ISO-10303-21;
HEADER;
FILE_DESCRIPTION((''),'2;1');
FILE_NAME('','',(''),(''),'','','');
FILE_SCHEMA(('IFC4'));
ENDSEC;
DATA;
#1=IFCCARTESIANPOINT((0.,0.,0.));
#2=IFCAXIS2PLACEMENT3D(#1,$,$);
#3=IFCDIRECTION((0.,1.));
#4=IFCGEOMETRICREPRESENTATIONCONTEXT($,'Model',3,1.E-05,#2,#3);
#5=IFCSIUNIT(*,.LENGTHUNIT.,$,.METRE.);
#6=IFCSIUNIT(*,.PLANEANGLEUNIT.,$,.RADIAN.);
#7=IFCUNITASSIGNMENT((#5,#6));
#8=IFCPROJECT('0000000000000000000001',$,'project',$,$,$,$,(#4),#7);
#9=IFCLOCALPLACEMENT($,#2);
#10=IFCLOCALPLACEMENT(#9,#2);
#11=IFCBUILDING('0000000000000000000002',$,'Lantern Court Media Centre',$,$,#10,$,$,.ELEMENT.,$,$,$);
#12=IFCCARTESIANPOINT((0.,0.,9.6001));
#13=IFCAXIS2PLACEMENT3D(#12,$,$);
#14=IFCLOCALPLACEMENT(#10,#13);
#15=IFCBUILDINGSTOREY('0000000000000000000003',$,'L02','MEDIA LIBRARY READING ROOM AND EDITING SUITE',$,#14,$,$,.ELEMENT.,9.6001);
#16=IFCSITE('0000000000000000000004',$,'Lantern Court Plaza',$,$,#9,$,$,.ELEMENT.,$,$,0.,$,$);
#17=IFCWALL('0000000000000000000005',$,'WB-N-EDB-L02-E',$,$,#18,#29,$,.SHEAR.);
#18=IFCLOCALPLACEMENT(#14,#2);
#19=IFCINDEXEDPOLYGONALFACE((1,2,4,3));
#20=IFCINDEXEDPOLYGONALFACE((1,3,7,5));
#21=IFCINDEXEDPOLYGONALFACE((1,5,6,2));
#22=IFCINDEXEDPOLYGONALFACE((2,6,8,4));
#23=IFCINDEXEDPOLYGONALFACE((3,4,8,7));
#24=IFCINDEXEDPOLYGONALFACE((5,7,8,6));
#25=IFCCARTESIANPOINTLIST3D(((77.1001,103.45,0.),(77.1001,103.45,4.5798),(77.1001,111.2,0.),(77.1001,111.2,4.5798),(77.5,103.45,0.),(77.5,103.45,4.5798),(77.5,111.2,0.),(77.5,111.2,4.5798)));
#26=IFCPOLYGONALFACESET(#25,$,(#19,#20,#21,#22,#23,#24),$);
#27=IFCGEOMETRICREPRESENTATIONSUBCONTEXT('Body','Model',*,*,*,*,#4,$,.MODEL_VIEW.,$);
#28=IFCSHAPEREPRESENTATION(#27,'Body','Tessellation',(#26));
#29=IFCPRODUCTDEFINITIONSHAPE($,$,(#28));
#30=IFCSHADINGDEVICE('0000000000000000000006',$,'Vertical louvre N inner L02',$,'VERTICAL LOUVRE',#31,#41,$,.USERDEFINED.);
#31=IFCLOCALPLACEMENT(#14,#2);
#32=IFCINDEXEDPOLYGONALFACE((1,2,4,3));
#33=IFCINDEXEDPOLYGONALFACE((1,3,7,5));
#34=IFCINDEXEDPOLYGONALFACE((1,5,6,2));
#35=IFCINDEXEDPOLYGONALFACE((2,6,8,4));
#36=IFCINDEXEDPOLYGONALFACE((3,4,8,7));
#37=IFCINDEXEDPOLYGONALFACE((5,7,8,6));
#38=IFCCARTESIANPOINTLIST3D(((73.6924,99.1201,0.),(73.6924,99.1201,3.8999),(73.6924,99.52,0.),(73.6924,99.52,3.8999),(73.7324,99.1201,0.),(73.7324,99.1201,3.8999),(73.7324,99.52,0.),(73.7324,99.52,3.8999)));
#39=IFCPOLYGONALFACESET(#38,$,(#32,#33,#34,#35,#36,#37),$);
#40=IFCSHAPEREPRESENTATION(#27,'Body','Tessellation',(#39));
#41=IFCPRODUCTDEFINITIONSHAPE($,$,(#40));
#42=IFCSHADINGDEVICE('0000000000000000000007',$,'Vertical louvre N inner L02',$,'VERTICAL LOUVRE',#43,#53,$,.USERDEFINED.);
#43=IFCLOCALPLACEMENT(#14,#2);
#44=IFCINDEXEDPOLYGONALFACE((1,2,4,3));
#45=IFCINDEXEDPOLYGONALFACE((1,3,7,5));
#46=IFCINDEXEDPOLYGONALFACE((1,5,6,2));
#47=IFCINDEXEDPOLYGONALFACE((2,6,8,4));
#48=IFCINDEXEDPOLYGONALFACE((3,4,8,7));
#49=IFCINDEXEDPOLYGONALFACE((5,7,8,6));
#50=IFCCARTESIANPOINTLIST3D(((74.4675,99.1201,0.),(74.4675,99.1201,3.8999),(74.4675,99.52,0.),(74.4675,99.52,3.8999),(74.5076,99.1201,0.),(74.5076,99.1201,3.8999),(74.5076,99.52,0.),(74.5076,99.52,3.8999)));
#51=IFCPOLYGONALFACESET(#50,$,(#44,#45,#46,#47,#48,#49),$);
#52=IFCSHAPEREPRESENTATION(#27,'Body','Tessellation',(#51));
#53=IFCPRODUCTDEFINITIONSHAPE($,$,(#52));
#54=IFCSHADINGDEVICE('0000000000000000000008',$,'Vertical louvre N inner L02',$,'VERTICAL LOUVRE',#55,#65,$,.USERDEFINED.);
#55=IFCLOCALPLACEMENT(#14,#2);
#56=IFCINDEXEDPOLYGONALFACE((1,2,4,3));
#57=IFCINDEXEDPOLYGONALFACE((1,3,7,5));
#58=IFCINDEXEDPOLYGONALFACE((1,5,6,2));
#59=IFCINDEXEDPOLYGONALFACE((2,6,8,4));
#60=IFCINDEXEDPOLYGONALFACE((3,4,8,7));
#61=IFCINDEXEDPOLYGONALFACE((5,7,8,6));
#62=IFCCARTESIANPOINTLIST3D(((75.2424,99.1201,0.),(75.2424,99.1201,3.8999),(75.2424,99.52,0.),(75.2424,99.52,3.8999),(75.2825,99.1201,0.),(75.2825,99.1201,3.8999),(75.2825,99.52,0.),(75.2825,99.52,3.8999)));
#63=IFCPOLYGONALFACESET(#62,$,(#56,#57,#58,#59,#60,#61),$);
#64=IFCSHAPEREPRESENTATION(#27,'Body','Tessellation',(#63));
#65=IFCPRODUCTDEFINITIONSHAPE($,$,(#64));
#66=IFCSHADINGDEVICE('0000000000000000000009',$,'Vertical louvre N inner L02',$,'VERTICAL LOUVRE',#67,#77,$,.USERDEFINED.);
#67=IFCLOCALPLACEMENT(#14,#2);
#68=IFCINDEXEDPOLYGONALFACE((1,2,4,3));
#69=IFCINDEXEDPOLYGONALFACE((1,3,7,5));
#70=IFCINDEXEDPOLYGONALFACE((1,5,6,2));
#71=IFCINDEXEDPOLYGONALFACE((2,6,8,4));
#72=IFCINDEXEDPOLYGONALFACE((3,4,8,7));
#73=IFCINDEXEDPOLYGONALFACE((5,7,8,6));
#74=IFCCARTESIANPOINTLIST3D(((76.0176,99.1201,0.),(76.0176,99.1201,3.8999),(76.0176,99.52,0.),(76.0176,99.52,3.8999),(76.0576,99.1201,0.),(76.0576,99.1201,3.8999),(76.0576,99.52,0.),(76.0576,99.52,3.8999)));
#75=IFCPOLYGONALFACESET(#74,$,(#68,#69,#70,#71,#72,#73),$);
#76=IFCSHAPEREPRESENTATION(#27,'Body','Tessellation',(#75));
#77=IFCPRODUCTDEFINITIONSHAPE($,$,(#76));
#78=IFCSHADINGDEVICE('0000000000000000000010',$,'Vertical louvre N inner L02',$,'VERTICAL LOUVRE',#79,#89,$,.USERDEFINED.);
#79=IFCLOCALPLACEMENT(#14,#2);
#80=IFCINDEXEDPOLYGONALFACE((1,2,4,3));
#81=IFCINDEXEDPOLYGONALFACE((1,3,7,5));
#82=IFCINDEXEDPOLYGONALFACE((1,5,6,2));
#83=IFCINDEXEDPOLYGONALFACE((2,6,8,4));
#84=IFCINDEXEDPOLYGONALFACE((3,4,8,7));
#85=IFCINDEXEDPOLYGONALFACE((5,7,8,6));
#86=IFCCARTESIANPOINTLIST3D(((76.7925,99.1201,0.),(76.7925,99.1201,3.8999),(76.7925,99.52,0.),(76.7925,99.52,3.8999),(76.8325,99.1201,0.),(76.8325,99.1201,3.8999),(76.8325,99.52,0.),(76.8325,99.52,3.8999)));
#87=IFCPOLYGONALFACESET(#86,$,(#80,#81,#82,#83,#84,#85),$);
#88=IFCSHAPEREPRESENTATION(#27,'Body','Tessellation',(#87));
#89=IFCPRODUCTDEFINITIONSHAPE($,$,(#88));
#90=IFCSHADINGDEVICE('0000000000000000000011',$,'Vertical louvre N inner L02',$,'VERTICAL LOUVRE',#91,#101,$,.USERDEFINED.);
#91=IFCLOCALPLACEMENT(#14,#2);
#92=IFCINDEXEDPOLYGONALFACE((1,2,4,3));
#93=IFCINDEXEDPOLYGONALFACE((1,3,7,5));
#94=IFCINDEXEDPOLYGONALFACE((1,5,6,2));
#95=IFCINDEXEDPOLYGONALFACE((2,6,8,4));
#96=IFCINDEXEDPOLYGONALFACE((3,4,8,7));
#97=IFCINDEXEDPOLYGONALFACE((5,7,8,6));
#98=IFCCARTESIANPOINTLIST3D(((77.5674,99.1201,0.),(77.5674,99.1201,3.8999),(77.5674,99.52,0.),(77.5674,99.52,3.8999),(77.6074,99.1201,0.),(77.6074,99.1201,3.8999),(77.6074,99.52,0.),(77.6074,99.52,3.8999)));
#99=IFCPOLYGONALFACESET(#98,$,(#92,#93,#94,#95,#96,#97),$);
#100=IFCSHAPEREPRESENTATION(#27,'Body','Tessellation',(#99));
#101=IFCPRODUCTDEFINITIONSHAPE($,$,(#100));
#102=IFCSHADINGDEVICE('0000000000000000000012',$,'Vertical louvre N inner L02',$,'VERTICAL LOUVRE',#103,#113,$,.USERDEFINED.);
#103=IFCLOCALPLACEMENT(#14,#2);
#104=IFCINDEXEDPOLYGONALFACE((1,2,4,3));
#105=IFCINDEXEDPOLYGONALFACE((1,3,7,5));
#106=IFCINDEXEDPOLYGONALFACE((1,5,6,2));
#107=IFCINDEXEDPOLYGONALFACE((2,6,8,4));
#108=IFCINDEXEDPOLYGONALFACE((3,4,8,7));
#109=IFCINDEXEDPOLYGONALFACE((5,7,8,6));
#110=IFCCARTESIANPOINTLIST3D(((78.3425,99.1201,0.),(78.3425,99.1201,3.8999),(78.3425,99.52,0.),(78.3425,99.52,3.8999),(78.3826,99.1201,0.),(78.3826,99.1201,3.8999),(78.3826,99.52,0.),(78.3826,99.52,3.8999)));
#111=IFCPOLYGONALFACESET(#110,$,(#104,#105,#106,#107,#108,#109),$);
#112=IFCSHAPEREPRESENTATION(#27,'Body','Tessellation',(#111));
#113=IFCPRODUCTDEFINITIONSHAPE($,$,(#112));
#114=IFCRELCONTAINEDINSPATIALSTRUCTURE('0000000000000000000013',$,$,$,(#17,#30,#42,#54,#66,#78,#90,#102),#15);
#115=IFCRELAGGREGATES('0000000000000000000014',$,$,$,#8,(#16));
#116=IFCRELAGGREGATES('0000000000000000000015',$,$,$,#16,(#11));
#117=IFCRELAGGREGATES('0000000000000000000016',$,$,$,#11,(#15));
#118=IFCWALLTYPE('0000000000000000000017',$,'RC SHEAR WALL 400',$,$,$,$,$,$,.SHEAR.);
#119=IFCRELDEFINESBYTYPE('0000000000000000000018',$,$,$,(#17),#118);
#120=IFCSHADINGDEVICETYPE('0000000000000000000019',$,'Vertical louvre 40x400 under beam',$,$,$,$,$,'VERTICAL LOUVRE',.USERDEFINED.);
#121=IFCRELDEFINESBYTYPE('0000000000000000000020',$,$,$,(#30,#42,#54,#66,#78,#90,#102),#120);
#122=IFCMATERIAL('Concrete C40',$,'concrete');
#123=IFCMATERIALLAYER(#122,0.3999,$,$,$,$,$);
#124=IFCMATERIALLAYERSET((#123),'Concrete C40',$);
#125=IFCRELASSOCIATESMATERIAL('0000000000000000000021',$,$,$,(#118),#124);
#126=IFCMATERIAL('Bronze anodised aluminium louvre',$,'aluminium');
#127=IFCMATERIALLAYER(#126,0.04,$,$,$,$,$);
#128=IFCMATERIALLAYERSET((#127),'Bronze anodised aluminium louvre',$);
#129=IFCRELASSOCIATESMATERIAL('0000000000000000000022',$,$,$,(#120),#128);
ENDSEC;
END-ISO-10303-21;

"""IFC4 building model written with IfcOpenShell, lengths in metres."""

from ifc_helpers import new_model, si_unit, direction, frame, frame_2d, origin, origin_2d, place, context, subcontext, project, spatial, rectangle, extrude, material, layer, layer_set, type_object, element, save


model = new_model("IFC4")

# Units and contexts
model_context = context("Model", 3, precision=1e-05, world=origin(), true_north=direction((0.0, 1.0)))
body_context = subcontext(model_context, "Body", "Model", "MODEL_VIEW")
ifc_project = project(units=[si_unit("LENGTHUNIT", "METRE"), si_unit("PLANEANGLEUNIT", "RADIAN")], contexts=[model_context])

# Site, building, storey
site_placement = place(None, origin())
site = spatial("IfcSite", under=ifc_project, at=site_placement, Name="Lantern Court Plaza", CompositionType="ELEMENT", RefElevation=0.0)
building_placement = place(site_placement, origin())
building = spatial("IfcBuilding", under=site, at=building_placement, Name="Lantern Court Media Centre", CompositionType="ELEMENT")
storey_placement = place(building_placement, frame((0.0, 0.0, 9.6001)))
storey = spatial("IfcBuildingStorey", under=building, at=storey_placement, Name="L02", Description="MEDIA LIBRARY READING ROOM AND EDITING SUITE", CompositionType="ELEMENT", Elevation=9.6001)

# Wall
ifc_material_1 = material(Name="Concrete C40", Category="concrete")
ifc_layer_1 = layer(ifc_material_1, 0.3999)
ifc_layer_set_1 = layer_set([ifc_layer_1], Name="Concrete C40")
wall_type_1 = type_object("IfcWallType", Name="RC SHEAR WALL 400", PredefinedType="SHEAR", material=ifc_layer_set_1)
wall_1_placement = place(storey_placement, frame((77.3, 103.45, 0.0), z_axis=(0.0, 0.0, 1.0), x_axis=(0.0, 1.0, 0.0)))
element("IfcWall", 1, at=wall_1_placement, inside=storey, type_object=wall_type_1, Name="WB-N-EDB-L02-E", PredefinedType="SHEAR", context=body_context, shape_type="SweptSolid", body=[
    extrude(rectangle(XDim=7.75, YDim=0.3999, at=frame_2d((3.875, 0.0))), origin(), (0.0, 0.0, 1.0), 4.5798),
])

# Shading devices
ifc_material_2 = material(Name="Bronze anodised aluminium louvre", Category="aluminium")
ifc_layer_2 = layer(ifc_material_2, 0.04)
ifc_layer_set_2 = layer_set([ifc_layer_2], Name="Bronze anodised aluminium louvre")
shading_device_type = type_object("IfcShadingDeviceType", Name="Vertical louvre 40x400 under beam", ElementType="VERTICAL LOUVRE", PredefinedType="USERDEFINED", material=ifc_layer_set_2)
for number, where, z_axis, x_axis, name in (
    (2, (73.7124, 99.3201, 0.0), (0.0, 0.0, 1.0), (1.0, 0.0, 0.0), "Vertical louvre N inner L02"),
    (3, (74.4875, 99.3201, 0.0), (0.0, 0.0, 1.0), (1.0, 0.0, 0.0), "Vertical louvre N inner L02"),
    (4, (75.2625, 99.3201, 0.0), (0.0, 0.0, 1.0), (1.0, 0.0, 0.0), "Vertical louvre N inner L02"),
    (5, (76.0376, 99.3201, 0.0), (0.0, 0.0, 1.0), (1.0, 0.0, 0.0), "Vertical louvre N inner L02"),
    (6, (76.8125, 99.3201, 0.0), (0.0, 0.0, 1.0), (1.0, 0.0, 0.0), "Vertical louvre N inner L02"),
    (7, (77.5874, 99.3201, 0.0), (0.0, 0.0, 1.0), (1.0, 0.0, 0.0), "Vertical louvre N inner L02"),
    (8, (78.3625, 99.3201, 0.0), (0.0, 0.0, 1.0), (1.0, 0.0, 0.0), "Vertical louvre N inner L02"),
):
    element("IfcShadingDevice", number, at=place(storey_placement, frame(where, z_axis=z_axis, x_axis=x_axis)), inside=storey, type_object=shading_device_type, Name=name, ObjectType="VERTICAL LOUVRE", PredefinedType="USERDEFINED", context=body_context, shape_type="SweptSolid", body=[
        extrude(rectangle(XDim=0.04, YDim=0.3999, at=origin_2d()), origin(), (0.0, 0.0, 1.0), 3.8999),
    ])

save(model, "model.ifc")
